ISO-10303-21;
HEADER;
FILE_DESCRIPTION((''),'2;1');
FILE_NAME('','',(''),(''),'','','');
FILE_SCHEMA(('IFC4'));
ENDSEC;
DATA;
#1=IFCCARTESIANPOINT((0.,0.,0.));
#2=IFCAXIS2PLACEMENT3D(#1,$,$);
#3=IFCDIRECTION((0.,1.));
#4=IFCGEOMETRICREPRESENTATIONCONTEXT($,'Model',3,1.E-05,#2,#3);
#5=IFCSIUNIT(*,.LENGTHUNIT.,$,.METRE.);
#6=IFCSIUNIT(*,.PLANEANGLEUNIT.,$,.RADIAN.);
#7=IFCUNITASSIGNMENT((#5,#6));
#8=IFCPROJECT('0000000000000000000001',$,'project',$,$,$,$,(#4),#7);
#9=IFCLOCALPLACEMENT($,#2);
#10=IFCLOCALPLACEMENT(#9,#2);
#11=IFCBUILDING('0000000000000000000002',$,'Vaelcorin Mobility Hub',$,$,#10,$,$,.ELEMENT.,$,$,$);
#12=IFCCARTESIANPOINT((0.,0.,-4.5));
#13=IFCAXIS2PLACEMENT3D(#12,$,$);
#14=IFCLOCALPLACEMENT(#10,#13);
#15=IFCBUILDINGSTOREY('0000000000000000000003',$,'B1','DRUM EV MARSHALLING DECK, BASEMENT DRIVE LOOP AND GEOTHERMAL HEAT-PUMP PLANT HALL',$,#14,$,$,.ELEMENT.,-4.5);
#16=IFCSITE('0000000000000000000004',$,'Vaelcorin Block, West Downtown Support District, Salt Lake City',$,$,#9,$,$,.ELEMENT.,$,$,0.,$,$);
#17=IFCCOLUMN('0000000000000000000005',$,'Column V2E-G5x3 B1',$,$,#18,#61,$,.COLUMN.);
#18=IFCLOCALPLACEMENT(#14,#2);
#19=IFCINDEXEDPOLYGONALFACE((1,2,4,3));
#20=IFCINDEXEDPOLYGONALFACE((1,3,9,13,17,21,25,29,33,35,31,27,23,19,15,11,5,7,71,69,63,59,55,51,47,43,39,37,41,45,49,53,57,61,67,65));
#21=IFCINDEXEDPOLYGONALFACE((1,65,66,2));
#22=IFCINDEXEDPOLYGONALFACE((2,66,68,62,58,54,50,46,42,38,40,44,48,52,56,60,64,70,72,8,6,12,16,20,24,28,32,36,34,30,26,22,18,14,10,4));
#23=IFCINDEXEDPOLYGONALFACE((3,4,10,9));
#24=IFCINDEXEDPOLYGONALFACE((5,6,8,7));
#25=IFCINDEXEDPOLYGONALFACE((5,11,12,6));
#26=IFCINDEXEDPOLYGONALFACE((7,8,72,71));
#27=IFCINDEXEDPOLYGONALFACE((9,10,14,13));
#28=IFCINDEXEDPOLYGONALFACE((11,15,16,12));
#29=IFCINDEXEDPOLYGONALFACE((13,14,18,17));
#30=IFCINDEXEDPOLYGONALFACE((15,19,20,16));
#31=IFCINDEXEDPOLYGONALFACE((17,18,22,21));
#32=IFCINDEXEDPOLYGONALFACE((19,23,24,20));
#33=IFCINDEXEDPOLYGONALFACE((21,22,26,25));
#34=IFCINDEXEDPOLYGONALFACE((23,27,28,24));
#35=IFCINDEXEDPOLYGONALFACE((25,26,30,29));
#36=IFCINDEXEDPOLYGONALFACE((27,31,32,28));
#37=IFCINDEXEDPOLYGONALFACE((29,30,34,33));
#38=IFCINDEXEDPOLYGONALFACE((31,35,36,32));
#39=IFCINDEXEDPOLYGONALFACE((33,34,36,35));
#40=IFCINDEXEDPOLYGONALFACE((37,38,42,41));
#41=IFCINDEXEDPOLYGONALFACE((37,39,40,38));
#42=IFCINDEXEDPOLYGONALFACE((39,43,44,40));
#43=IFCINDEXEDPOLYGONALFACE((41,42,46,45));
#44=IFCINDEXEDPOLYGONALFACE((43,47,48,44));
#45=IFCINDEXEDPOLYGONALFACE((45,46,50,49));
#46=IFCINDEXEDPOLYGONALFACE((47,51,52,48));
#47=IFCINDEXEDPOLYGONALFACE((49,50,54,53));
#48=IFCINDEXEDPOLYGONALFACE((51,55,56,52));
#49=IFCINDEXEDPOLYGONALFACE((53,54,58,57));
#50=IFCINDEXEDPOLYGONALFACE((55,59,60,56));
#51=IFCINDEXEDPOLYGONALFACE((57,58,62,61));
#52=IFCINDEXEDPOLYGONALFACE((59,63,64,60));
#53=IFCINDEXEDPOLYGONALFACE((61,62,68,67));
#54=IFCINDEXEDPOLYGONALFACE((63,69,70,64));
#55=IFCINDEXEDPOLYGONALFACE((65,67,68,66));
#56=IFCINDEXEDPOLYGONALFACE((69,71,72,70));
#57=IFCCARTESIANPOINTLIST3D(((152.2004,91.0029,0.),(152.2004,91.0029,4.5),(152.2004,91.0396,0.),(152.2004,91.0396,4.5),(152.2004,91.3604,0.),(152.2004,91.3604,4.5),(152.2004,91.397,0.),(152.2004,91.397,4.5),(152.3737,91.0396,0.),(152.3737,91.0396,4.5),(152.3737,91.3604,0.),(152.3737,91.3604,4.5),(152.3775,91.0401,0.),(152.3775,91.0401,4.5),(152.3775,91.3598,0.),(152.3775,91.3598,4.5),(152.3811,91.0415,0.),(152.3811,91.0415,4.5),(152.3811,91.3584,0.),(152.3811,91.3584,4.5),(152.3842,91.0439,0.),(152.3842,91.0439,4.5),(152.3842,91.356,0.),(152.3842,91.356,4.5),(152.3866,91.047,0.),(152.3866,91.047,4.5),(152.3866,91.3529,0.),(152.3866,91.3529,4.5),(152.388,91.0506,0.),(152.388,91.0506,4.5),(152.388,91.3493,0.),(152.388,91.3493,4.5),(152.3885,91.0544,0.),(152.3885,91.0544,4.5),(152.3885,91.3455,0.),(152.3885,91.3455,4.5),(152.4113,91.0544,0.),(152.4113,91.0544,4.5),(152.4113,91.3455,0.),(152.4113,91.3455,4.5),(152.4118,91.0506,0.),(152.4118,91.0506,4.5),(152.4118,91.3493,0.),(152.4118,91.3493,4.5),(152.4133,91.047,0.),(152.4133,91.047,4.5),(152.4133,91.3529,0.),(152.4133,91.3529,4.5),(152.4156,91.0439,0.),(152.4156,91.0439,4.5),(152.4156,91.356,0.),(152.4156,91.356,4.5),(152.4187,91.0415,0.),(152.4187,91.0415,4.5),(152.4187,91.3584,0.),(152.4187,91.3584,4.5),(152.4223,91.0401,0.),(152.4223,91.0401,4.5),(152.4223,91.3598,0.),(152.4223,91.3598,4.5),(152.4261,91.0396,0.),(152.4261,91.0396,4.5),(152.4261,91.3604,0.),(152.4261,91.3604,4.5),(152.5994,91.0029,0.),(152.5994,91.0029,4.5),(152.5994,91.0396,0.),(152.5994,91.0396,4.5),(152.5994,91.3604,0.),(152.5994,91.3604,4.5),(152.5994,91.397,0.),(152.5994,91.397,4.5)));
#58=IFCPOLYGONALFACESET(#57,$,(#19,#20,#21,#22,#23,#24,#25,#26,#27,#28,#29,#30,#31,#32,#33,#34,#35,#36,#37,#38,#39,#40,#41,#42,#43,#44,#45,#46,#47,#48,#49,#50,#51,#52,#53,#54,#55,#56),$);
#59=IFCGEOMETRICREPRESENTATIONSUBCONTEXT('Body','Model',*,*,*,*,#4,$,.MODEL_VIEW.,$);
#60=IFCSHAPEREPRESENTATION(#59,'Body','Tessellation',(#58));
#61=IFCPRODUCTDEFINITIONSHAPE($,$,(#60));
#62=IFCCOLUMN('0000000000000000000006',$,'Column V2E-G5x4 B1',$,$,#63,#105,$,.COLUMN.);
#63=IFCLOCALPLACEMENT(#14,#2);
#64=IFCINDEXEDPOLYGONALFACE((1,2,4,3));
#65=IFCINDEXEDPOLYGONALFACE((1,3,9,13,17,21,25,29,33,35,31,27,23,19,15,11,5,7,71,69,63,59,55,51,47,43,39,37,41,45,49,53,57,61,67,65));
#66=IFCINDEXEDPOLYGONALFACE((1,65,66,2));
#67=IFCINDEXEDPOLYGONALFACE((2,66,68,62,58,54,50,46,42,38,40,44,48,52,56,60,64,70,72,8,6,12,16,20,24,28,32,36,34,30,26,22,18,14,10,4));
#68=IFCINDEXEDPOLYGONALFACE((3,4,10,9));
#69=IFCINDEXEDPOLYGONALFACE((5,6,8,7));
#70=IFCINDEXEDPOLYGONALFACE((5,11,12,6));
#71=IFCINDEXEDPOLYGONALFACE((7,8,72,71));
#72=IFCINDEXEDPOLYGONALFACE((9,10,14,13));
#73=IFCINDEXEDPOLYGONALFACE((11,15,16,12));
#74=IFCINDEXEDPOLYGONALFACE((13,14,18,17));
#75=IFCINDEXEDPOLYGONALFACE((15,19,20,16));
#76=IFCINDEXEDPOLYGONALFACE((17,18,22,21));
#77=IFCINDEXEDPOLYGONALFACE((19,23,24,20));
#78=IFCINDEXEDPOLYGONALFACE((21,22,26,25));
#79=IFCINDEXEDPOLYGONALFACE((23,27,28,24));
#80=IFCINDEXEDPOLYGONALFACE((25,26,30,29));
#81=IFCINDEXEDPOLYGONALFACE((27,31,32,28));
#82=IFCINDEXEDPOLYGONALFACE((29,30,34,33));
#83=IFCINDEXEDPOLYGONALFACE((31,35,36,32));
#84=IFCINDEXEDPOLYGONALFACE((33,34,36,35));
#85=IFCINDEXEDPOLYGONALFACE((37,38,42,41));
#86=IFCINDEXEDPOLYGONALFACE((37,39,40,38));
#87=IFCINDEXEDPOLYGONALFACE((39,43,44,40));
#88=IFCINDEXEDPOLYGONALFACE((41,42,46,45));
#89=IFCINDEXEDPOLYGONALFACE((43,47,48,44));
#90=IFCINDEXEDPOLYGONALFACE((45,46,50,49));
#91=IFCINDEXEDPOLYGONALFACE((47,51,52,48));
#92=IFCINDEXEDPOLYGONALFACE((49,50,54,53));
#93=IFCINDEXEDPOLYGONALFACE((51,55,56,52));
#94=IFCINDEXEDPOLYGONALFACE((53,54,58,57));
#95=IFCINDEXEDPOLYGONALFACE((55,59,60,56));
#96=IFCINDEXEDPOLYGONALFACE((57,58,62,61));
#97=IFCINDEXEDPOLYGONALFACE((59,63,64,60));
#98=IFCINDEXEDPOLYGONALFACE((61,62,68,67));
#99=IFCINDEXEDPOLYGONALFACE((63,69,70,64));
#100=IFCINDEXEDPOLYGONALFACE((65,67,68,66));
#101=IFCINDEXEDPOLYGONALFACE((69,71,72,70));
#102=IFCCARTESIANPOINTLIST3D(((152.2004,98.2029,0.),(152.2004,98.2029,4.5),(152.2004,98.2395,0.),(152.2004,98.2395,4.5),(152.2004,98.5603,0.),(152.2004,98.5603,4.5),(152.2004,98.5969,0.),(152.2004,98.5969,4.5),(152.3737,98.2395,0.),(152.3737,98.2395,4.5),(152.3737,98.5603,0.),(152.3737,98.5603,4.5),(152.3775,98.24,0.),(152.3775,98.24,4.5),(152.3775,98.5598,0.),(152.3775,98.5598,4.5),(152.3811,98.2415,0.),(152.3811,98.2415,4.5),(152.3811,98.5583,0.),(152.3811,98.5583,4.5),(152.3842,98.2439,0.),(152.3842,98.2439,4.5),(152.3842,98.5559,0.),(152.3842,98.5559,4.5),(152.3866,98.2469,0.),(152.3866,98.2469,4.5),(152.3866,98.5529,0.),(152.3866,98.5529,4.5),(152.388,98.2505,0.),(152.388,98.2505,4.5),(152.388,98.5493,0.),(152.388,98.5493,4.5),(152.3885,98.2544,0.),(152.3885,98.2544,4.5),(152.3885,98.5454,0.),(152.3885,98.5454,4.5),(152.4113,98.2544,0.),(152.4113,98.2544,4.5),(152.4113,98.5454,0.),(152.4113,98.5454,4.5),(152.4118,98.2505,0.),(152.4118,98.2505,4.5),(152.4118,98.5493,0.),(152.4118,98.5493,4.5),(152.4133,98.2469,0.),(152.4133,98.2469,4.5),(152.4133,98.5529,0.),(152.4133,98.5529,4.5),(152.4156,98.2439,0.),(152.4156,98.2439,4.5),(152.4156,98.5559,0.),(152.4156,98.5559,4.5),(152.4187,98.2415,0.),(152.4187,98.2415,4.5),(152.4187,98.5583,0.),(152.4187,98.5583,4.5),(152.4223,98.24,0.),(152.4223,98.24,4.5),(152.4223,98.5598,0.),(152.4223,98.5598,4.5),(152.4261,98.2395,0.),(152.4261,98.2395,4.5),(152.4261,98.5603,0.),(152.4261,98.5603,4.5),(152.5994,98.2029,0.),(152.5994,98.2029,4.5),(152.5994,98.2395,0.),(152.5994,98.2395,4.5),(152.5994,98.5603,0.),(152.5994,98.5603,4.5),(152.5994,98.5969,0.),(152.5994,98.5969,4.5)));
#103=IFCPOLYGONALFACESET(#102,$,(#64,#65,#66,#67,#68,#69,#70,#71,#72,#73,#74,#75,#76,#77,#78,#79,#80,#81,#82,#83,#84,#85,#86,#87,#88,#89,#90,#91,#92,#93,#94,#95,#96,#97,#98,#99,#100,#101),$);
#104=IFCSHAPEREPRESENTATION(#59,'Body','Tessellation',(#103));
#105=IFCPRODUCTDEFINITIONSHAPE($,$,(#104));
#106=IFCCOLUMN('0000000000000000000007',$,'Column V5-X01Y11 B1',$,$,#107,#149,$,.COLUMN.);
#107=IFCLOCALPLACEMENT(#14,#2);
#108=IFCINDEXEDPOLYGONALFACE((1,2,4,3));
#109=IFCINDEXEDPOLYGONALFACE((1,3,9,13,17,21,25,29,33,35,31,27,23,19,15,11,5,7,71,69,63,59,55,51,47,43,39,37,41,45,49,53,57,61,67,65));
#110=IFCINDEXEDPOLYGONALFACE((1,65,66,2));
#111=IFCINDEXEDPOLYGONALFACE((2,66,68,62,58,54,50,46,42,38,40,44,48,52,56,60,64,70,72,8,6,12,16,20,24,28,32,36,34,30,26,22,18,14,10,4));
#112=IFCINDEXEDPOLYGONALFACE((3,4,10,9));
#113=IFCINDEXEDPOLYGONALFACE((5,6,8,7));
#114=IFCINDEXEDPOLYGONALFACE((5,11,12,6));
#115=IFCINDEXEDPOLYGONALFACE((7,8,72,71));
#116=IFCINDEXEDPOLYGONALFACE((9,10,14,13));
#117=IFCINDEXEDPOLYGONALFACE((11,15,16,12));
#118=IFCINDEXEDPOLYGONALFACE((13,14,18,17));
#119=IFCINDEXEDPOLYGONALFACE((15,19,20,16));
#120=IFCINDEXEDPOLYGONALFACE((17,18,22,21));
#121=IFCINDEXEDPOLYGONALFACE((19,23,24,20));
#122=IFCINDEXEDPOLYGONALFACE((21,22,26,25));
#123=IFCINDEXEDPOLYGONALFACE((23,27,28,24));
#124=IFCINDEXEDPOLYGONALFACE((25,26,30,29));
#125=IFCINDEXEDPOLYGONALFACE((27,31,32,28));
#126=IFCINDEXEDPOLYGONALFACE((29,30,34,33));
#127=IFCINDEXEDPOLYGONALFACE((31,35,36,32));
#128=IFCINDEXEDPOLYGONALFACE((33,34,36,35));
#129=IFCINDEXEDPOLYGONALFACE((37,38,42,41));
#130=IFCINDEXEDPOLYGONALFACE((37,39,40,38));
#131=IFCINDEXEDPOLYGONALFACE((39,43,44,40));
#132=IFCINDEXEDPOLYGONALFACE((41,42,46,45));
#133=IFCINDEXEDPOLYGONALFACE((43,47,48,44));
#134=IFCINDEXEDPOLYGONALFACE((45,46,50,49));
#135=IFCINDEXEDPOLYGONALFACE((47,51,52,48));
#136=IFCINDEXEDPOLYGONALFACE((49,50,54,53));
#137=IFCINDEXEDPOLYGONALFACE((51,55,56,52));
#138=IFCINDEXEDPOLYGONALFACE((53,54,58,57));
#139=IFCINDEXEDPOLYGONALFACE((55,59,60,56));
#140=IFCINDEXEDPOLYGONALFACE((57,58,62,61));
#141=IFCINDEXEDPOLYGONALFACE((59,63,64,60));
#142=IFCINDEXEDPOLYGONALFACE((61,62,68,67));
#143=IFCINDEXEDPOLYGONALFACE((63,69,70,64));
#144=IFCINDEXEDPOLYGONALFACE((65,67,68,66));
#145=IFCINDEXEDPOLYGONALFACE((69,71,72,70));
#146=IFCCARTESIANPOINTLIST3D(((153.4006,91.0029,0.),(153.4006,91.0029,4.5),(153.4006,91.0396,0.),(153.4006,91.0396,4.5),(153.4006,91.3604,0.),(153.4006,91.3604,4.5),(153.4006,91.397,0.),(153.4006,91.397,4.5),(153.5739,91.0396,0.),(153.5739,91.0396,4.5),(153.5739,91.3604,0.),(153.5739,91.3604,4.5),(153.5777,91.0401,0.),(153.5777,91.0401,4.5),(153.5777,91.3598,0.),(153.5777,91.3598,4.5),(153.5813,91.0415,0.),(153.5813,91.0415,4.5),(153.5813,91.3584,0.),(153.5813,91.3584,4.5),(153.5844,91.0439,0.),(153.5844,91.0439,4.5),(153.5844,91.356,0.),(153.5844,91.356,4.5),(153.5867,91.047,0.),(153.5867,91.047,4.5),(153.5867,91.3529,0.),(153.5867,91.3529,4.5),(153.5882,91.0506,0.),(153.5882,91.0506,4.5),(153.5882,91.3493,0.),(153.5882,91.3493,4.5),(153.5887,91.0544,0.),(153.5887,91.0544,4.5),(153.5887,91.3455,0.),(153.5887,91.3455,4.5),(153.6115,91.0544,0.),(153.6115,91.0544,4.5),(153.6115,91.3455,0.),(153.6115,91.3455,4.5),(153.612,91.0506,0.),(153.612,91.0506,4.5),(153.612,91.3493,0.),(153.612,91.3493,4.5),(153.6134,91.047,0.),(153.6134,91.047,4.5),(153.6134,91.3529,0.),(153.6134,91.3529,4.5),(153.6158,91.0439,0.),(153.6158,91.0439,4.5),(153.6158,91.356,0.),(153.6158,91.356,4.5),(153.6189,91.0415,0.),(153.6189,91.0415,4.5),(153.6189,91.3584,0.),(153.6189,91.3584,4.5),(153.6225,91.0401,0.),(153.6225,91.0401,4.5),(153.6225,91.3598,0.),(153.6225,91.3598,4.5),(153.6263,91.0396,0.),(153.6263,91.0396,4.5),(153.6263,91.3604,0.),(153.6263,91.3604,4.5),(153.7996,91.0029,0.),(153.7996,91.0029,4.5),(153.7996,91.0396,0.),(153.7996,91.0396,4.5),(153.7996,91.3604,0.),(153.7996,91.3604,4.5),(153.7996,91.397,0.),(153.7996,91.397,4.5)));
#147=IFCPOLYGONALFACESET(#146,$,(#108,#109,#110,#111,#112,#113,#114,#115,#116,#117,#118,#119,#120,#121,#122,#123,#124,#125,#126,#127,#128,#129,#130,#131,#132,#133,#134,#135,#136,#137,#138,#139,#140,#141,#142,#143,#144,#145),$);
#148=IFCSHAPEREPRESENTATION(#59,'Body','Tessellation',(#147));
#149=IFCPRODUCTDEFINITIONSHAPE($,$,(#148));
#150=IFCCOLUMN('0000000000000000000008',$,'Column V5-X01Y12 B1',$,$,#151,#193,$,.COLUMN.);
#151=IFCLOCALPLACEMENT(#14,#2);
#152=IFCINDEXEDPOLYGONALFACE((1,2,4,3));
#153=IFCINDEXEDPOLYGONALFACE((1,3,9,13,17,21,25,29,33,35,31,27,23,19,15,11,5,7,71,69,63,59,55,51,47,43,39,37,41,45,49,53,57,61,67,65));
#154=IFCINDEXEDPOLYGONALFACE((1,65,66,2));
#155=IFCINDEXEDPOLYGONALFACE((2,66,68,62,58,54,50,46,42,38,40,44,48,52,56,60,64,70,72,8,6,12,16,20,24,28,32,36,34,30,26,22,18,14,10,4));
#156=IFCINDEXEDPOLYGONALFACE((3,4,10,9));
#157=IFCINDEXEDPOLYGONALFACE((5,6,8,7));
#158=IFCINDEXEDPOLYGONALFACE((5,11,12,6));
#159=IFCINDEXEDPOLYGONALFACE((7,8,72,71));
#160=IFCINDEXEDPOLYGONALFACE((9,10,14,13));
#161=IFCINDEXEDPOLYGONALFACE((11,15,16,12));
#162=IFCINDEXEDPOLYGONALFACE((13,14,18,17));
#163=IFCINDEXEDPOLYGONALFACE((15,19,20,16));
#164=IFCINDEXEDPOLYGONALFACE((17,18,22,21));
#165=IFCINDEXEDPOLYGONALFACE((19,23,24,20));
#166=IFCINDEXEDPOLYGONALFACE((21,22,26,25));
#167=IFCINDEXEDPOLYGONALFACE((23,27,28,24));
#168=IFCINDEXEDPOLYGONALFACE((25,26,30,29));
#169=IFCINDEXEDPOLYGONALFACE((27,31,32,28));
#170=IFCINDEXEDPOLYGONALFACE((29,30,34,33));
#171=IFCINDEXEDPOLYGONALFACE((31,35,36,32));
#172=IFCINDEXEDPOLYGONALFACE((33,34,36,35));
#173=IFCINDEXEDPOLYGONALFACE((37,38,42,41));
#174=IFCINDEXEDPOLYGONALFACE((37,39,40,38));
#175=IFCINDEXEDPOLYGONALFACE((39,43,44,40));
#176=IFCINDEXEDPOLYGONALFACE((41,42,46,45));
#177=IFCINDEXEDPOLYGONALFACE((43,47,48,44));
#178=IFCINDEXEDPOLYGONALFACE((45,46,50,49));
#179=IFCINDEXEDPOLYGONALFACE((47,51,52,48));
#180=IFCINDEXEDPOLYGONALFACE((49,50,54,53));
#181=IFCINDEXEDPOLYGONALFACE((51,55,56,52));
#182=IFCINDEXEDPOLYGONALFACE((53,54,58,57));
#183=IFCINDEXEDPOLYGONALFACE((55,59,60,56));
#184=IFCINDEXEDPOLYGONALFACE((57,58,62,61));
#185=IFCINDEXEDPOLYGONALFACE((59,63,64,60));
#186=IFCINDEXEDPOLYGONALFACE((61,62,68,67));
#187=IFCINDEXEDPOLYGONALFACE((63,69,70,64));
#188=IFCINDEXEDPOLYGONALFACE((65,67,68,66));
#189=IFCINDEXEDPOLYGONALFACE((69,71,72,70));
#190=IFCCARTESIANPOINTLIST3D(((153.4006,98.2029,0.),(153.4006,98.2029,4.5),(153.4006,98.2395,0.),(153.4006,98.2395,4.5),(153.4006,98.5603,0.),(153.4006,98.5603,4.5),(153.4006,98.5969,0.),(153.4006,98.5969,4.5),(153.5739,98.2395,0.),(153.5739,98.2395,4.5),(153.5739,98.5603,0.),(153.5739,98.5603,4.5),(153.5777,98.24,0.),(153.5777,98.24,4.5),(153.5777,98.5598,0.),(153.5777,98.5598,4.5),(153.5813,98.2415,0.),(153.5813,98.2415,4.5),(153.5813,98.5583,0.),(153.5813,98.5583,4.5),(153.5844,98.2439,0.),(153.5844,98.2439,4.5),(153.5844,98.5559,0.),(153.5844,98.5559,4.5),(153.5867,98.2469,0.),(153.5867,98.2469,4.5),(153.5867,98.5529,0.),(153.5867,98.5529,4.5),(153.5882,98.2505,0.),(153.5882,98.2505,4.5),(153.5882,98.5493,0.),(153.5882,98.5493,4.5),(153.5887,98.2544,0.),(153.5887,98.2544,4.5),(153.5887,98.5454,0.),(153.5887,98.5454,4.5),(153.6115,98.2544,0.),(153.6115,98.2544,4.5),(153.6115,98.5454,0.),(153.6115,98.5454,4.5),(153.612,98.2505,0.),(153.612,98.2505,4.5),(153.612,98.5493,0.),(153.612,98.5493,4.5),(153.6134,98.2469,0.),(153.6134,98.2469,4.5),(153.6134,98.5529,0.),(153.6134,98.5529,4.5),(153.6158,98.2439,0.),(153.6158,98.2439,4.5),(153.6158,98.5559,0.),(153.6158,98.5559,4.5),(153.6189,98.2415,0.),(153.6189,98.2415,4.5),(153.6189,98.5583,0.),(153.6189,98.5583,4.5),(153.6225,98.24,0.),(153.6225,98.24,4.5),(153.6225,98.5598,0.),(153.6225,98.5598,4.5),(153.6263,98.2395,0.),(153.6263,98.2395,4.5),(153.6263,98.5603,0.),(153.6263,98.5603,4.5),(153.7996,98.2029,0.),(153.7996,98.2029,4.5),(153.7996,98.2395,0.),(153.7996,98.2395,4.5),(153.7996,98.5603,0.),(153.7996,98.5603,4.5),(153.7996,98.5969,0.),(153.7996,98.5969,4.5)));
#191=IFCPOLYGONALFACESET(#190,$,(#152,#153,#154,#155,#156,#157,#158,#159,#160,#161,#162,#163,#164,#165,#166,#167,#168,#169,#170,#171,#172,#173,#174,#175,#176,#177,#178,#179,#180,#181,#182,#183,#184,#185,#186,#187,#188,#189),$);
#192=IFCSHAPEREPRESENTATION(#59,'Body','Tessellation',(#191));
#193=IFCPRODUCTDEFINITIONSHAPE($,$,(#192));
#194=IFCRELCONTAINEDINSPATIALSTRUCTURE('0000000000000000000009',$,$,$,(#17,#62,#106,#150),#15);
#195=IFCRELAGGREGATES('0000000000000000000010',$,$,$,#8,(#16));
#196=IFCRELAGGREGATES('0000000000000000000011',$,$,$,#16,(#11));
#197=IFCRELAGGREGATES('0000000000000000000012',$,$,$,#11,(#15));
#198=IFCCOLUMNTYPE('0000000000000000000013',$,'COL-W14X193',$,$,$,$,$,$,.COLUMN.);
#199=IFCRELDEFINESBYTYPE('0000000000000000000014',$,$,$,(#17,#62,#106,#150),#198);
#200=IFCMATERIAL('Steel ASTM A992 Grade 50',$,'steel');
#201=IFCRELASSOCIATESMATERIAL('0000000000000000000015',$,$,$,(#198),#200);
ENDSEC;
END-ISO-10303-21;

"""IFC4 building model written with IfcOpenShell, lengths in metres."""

from ifc_helpers import new_model, si_unit, direction, frame, origin, origin_2d, place, context, subcontext, project, spatial, i_section, extrude, material, material_profile, profile_set, type_object, element, save


model = new_model("IFC4")

# Units and contexts
model_context = context("Model", 3, precision=1e-05, world=origin(), true_north=direction((0.0, 1.0)))
body_context = subcontext(model_context, "Body", "Model", "MODEL_VIEW")
ifc_project = project(units=[si_unit("LENGTHUNIT", "METRE"), si_unit("PLANEANGLEUNIT", "RADIAN")], contexts=[model_context])

# Site, building, storey
site_placement = place(None, origin())
site = spatial("IfcSite", under=ifc_project, at=site_placement, Name="Vaelcorin Block, West Downtown Support District, Salt Lake City", CompositionType="ELEMENT", RefElevation=0.0)
building_placement = place(site_placement, origin())
building = spatial("IfcBuilding", under=site, at=building_placement, Name="Vaelcorin Mobility Hub", CompositionType="ELEMENT")
storey_placement = place(building_placement, frame((0.0, 0.0, -4.5)))
storey = spatial("IfcBuildingStorey", under=building, at=storey_placement, Name="B1", Description="DRUM EV MARSHALLING DECK, BASEMENT DRIVE LOOP AND GEOTHERMAL HEAT-PUMP PLANT HALL", CompositionType="ELEMENT", Elevation=-4.5)

# Columns
ifc_material_1 = material(Name="Steel ASTM A992 Grade 50", Category="steel")
ifc_material_profile_1 = material_profile(ifc_material_1, i_section(OverallWidth=0.3989, OverallDepth=0.394, WebThickness=0.0227, FlangeThickness=0.0366, FilletRadius=0.0149, at=origin_2d()), Name="W14X193")
ifc_profile_set_1 = profile_set([ifc_material_profile_1], Name="Steel ASTM A992 Grade 50")
column_type = type_object("IfcColumnType", Name="COL-W14X193", PredefinedType="COLUMN", material=ifc_profile_set_1)
for number, where, z_axis, x_axis, name in (
    (1, (152.3999, 91.2, 0.0), (0.0, 0.0, 1.0), (1.0, 0.0, 0.0), "Column V2E-G5x3 B1"),
    (2, (152.3999, 98.3999, 0.0), (0.0, 0.0, 1.0), (1.0, 0.0, 0.0), "Column V2E-G5x4 B1"),
    (3, (153.6001, 91.2, 0.0), (0.0, 0.0, 1.0), (1.0, 0.0, 0.0), "Column V5-X01Y11 B1"),
    (4, (153.6001, 98.3999, 0.0), (0.0, 0.0, 1.0), (1.0, 0.0, 0.0), "Column V5-X01Y12 B1"),
):
    element("IfcColumn", number, at=place(storey_placement, frame(where, z_axis=z_axis, x_axis=x_axis)), inside=storey, type_object=column_type, Name=name, PredefinedType="COLUMN", context=body_context, shape_type="SweptSolid", body=[
        extrude(i_section(OverallWidth=0.3989, OverallDepth=0.394, WebThickness=0.0227, FlangeThickness=0.0366, FilletRadius=0.0149, at=origin_2d()), origin(), (0.0, 0.0, 1.0), 4.5),
    ])

save(model, "model.ifc")
